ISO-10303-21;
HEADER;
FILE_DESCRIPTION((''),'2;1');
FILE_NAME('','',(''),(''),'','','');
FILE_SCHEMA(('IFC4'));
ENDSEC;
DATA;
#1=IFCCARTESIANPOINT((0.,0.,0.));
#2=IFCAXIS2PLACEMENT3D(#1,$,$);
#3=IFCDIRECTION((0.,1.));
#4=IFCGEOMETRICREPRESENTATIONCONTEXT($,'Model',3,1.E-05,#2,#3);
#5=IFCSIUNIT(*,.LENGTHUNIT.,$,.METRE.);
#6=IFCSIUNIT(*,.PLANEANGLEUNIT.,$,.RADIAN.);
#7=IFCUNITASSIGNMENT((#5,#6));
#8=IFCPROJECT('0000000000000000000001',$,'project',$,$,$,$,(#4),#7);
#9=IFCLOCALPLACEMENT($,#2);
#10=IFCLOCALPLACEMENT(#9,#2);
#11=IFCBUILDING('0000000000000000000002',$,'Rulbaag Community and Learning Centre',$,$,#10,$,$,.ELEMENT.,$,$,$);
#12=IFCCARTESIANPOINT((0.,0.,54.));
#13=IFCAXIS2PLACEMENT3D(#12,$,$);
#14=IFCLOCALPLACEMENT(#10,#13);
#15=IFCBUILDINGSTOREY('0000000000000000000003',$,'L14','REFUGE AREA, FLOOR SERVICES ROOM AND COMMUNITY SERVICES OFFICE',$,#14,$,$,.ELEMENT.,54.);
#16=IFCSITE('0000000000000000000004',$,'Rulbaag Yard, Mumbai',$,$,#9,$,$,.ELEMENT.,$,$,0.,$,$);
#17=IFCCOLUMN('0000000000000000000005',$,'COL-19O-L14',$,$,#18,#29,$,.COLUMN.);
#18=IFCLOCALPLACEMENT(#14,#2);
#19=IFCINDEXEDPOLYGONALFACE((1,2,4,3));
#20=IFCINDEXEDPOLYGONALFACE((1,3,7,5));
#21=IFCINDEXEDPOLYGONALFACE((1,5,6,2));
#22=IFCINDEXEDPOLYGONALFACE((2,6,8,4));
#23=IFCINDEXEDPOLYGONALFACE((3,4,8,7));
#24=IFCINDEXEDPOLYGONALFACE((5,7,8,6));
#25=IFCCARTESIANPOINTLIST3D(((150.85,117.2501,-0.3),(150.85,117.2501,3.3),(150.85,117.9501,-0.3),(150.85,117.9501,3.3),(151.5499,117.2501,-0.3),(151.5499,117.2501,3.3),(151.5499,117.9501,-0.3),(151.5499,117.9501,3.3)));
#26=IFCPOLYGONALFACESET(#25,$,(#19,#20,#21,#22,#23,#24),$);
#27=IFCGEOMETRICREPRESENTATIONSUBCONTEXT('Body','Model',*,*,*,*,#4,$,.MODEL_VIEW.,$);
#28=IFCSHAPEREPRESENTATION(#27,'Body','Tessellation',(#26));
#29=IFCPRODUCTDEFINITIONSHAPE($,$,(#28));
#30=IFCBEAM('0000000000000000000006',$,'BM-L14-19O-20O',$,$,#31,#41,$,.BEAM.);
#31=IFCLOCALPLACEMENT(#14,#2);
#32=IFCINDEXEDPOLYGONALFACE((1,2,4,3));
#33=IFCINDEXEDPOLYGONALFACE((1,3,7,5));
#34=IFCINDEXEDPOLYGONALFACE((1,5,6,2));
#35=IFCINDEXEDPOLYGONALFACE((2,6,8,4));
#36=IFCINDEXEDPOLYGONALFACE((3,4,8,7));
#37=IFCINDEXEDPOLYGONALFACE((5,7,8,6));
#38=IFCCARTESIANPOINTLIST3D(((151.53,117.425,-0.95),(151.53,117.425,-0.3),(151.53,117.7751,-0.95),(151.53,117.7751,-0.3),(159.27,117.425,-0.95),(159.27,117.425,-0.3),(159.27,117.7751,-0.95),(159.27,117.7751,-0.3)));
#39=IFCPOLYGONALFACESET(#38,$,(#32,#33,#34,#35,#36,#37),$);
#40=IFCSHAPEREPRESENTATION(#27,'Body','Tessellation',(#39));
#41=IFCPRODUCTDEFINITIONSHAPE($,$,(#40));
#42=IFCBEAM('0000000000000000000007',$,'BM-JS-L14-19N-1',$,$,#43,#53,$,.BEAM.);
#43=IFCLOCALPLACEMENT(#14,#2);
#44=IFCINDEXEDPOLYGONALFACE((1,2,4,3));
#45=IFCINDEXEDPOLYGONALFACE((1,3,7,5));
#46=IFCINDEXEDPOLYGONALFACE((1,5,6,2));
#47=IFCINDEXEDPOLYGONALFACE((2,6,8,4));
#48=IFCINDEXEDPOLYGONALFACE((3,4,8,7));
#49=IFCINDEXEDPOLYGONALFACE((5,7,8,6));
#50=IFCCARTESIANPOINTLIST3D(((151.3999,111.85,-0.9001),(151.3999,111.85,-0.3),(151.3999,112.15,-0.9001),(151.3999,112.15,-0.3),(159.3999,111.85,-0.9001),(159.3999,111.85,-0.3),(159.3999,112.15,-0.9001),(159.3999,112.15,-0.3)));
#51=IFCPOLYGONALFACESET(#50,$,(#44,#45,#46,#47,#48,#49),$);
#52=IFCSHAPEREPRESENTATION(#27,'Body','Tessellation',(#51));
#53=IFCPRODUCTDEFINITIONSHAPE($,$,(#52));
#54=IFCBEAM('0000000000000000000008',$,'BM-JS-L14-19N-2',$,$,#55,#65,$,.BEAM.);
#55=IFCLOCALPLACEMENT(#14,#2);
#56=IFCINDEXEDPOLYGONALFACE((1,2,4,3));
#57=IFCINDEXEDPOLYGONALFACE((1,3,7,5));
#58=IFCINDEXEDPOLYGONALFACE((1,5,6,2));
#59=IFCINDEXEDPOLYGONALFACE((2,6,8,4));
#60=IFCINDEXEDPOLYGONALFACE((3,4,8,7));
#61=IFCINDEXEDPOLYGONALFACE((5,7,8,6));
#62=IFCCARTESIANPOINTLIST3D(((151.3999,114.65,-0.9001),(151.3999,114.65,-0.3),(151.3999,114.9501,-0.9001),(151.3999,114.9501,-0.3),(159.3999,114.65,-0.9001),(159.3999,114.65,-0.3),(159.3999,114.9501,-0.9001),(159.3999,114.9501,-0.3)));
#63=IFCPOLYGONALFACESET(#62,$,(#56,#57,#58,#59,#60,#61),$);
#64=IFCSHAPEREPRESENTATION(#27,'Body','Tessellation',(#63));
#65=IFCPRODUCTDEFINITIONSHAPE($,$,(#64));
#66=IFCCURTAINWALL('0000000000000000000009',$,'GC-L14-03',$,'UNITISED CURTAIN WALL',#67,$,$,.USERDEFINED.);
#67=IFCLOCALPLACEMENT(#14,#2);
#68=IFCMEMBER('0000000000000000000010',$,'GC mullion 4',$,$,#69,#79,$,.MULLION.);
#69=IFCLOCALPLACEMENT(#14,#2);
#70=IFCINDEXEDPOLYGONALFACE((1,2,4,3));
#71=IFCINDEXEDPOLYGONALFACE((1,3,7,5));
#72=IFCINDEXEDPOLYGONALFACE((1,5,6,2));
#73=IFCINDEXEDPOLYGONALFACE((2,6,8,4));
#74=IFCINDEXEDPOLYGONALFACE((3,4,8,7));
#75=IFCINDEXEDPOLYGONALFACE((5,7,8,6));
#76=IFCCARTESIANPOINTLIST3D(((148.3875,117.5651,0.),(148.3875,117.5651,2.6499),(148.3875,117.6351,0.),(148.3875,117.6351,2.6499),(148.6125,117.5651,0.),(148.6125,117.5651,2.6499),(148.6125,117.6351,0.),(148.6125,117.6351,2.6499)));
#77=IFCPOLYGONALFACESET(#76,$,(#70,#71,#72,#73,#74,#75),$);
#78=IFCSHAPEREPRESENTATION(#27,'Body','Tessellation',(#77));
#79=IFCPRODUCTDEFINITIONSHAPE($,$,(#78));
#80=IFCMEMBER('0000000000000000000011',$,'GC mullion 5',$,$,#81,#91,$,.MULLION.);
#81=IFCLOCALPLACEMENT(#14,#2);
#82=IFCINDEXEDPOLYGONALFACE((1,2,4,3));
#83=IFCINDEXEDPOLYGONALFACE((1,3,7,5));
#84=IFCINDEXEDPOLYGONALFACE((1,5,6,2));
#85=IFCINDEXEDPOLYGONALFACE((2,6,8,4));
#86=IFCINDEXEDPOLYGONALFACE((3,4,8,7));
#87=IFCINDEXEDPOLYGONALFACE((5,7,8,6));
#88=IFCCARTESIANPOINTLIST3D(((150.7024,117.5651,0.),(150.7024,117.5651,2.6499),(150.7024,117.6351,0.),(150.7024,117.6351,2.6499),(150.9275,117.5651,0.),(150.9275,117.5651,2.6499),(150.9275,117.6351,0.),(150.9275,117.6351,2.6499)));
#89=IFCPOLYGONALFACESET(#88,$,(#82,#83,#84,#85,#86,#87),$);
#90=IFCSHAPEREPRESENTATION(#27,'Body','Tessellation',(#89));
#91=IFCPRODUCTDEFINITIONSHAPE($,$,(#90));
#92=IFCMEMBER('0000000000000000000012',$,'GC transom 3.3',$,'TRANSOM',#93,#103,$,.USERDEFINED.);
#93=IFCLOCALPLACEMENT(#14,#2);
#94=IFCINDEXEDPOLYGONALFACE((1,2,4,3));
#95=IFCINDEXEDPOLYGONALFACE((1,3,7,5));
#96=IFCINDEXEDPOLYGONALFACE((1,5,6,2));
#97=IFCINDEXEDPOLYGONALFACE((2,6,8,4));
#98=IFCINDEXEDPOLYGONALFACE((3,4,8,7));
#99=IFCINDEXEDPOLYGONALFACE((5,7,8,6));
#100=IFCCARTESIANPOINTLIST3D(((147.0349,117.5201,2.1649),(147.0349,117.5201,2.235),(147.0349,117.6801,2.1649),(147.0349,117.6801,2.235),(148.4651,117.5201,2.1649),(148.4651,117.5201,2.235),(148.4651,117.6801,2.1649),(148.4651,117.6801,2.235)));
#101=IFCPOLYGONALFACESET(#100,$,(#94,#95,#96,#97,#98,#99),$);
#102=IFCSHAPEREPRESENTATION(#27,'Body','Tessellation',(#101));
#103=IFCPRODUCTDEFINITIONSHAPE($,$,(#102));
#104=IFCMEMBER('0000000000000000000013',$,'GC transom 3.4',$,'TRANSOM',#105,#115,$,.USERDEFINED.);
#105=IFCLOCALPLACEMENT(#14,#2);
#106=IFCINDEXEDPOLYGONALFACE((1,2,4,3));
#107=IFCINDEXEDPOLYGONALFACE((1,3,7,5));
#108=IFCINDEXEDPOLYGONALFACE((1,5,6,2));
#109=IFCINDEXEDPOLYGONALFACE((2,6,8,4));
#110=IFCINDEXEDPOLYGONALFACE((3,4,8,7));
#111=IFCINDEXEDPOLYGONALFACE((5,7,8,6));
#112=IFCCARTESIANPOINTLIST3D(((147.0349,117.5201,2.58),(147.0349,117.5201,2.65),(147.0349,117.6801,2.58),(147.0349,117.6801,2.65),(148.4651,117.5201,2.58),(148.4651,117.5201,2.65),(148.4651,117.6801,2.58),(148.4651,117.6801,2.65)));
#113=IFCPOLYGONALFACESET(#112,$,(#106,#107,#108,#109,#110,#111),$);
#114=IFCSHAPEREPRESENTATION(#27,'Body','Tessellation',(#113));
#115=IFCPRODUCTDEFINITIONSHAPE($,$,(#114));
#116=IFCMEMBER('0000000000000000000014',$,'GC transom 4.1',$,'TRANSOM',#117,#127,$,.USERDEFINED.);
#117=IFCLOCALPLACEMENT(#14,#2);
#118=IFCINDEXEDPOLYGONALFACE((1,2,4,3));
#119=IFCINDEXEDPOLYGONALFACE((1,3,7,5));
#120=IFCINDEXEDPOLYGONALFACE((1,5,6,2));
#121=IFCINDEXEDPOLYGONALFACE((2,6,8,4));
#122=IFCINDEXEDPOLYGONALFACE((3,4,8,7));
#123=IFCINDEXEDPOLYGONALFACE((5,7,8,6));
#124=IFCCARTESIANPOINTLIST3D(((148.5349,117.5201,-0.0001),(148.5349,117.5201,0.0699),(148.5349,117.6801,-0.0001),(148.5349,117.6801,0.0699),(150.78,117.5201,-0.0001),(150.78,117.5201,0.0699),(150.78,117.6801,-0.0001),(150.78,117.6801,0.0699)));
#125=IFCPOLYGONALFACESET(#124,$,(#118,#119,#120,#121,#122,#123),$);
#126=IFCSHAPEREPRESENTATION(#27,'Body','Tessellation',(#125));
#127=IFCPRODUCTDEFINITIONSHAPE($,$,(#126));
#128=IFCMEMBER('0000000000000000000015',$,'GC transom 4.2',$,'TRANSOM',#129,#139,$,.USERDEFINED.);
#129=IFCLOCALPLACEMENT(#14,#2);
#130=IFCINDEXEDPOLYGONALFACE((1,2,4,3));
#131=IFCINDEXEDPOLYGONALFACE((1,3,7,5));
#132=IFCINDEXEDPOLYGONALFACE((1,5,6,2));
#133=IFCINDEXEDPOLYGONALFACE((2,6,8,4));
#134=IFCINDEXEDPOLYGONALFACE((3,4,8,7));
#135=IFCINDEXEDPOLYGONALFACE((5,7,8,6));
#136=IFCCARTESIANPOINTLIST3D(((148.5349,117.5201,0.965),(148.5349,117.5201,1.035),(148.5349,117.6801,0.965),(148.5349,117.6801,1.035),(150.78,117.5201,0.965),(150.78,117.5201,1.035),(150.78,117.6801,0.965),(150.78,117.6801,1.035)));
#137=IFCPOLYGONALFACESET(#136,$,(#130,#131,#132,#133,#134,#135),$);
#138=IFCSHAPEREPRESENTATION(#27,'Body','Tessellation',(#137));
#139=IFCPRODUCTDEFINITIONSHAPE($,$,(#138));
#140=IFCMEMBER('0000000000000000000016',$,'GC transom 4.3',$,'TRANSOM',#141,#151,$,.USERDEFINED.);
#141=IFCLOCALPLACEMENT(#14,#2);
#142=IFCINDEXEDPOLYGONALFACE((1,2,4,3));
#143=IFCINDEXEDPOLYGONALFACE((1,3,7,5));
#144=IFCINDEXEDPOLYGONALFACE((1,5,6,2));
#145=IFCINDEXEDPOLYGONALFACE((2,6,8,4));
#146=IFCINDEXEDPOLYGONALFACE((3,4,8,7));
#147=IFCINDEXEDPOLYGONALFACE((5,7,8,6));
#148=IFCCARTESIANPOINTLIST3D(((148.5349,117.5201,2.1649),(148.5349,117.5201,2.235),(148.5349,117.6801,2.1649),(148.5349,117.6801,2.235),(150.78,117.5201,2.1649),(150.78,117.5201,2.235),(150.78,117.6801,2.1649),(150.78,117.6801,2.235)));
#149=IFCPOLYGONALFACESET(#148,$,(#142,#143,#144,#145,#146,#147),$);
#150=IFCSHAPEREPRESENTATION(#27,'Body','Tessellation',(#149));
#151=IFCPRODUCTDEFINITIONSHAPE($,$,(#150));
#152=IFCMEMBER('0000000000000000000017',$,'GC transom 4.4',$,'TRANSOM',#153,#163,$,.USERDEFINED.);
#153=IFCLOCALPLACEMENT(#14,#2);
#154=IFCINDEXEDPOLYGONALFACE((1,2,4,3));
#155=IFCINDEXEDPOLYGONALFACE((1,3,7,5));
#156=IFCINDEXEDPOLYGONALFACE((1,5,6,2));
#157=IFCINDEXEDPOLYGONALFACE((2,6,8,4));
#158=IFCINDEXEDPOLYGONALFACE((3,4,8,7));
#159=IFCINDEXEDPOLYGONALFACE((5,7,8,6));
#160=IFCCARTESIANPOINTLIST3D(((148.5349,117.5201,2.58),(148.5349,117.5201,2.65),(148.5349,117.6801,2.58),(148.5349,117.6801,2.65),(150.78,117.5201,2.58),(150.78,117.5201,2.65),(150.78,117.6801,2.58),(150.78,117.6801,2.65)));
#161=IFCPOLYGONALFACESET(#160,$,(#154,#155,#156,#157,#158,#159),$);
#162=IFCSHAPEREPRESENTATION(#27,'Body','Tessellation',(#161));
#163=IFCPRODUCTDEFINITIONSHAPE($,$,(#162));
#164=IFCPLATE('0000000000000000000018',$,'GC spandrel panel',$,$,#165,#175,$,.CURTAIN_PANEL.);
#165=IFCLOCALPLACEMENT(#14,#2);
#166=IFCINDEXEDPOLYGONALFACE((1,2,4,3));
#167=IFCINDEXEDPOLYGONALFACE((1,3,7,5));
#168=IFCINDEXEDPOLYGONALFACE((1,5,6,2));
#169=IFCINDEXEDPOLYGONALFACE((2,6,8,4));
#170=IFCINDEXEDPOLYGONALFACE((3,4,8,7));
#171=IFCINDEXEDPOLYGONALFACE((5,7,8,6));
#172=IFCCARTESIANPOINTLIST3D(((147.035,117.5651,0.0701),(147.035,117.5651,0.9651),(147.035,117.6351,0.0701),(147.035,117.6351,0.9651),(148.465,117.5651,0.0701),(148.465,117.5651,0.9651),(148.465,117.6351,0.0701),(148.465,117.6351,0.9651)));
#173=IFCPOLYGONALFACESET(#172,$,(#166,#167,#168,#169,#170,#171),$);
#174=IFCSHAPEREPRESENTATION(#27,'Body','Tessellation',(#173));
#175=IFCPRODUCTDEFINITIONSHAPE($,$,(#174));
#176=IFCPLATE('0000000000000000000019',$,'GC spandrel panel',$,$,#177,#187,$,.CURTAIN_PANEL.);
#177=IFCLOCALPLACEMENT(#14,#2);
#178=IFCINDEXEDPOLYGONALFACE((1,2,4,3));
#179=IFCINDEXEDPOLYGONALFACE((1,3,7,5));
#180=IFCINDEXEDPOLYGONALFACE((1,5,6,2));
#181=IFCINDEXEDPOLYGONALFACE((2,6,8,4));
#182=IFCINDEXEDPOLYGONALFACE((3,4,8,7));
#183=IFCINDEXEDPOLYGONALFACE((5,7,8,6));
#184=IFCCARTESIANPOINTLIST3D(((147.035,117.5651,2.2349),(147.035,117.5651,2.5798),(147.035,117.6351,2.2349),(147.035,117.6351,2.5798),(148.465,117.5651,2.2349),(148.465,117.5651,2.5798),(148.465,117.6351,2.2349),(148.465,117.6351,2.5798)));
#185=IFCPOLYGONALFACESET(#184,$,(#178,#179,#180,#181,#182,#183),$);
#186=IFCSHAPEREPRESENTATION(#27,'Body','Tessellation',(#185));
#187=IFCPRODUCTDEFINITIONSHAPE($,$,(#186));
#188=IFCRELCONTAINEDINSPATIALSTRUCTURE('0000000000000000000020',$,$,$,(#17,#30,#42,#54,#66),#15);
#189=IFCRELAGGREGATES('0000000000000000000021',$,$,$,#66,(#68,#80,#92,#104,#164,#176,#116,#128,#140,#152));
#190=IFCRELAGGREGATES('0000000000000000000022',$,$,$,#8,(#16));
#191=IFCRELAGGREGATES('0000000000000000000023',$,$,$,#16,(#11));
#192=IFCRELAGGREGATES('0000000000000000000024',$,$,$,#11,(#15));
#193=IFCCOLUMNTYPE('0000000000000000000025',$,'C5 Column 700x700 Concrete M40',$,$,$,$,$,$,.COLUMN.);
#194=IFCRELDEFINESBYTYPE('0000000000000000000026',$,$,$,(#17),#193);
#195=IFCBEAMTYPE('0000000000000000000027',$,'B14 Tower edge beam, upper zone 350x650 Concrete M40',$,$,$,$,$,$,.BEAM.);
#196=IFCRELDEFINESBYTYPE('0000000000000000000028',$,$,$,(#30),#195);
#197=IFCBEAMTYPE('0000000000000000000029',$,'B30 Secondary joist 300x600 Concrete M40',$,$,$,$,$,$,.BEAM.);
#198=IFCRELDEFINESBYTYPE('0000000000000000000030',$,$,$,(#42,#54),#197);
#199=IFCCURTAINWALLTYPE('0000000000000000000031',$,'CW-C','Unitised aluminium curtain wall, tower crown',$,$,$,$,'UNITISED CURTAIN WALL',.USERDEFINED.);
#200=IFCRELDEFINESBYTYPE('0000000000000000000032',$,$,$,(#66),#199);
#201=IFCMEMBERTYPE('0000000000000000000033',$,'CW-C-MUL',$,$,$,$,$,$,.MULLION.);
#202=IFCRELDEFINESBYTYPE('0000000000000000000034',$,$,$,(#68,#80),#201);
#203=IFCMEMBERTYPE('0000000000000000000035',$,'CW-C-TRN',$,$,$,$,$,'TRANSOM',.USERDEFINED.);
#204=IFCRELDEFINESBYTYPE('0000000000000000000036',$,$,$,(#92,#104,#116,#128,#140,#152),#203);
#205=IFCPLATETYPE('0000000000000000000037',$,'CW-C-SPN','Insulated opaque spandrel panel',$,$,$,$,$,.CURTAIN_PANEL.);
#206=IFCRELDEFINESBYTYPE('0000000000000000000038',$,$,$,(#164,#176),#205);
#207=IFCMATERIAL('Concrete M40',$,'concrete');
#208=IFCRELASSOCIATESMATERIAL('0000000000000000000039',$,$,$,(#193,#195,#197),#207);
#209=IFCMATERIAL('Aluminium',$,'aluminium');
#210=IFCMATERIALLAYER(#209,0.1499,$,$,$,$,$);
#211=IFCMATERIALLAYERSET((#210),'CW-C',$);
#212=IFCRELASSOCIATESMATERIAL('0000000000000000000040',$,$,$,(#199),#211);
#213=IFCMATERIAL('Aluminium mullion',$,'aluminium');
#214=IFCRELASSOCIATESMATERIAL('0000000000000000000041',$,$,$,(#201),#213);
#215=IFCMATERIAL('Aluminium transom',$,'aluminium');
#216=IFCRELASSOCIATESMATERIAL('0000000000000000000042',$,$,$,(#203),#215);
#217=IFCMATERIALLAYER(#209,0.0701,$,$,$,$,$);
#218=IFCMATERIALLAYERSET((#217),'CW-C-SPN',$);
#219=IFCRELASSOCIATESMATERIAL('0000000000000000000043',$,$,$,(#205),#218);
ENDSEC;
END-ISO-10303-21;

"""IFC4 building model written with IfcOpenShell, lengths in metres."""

from ifc_helpers import new_model, si_unit, direction, frame, origin, origin_2d, place, context, subcontext, project, spatial, rectangle, extrude, material, layer, layer_set, material_profile, profile_set, type_object, element, aggregate, save


model = new_model("IFC4")

# Units and contexts
model_context = context("Model", 3, precision=1e-05, world=origin(), true_north=direction((0.0, 1.0)))
body_context = subcontext(model_context, "Body", "Model", "MODEL_VIEW")
ifc_project = project(units=[si_unit("LENGTHUNIT", "METRE"), si_unit("PLANEANGLEUNIT", "RADIAN")], contexts=[model_context])

# Site, building, storey
site_placement = place(None, origin())
site = spatial("IfcSite", under=ifc_project, at=site_placement, Name="Rulbaag Yard, Mumbai", CompositionType="ELEMENT", RefElevation=0.0)
building_placement = place(site_placement, origin())
building = spatial("IfcBuilding", under=site, at=building_placement, Name="Rulbaag Community and Learning Centre", CompositionType="ELEMENT")
storey_placement = place(building_placement, frame((0.0, 0.0, 54.0)))
storey = spatial("IfcBuildingStorey", under=building, at=storey_placement, Name="L14", Description="REFUGE AREA, FLOOR SERVICES ROOM AND COMMUNITY SERVICES OFFICE", CompositionType="ELEMENT", Elevation=54.0)

# Column
ifc_material_1 = material(Name="Concrete M40", Category="concrete")
ifc_material_profile_1 = material_profile(ifc_material_1, rectangle(XDim=0.7, YDim=0.7, at=origin_2d()), Name="RC700x700")
ifc_profile_set_1 = profile_set([ifc_material_profile_1], Name="Concrete M40")
column_type = type_object("IfcColumnType", Name="C5 Column 700x700 Concrete M40", PredefinedType="COLUMN", material=ifc_profile_set_1)
column_placement = place(storey_placement, frame((151.2, 117.6001, -0.3), z_axis=(0.0, 0.0, 1.0), x_axis=(1.0, 0.0, 0.0)))
element("IfcColumn", 1, at=column_placement, inside=storey, type_object=column_type, Name="COL-19O-L14", PredefinedType="COLUMN", context=body_context, shape_type="SweptSolid", body=[
    extrude(rectangle(XDim=0.7, YDim=0.7, at=origin_2d()), origin(), (0.0, 0.0, 1.0), 3.6001),
])

# Beams
ifc_material_profile_2 = material_profile(ifc_material_1, rectangle(XDim=0.3501, YDim=0.6499, at=origin_2d()), Name="RB350x650")
ifc_profile_set_2 = profile_set([ifc_material_profile_2], Name="Concrete M40")
beam_type_1 = type_object("IfcBeamType", Name="B14 Tower edge beam, upper zone 350x650 Concrete M40", PredefinedType="BEAM", material=ifc_profile_set_2)
beam_placement = place(storey_placement, frame((151.53, 117.6001, -0.625), z_axis=(1.0, 0.0, 0.0), x_axis=(0.0, 1.0, 0.0)))
element("IfcBeam", 2, at=beam_placement, inside=storey, type_object=beam_type_1, Name="BM-L14-19O-20O", PredefinedType="BEAM", context=body_context, shape_type="SweptSolid", body=[
    extrude(rectangle(XDim=0.3501, YDim=0.6499, at=origin_2d()), origin(), (0.0, 0.0, 1.0), 7.74),
])
ifc_material_profile_3 = material_profile(ifc_material_1, rectangle(XDim=0.3, YDim=0.6001, at=origin_2d()), Name="RB300x600")
ifc_profile_set_3 = profile_set([ifc_material_profile_3], Name="Concrete M40")
beam_type_2 = type_object("IfcBeamType", Name="B30 Secondary joist 300x600 Concrete M40", PredefinedType="BEAM", material=ifc_profile_set_3)
for number, where, z_axis, x_axis, name in (
    (3, (151.3999, 112.0, -0.6001), (1.0, 0.0, 0.0), (0.0, 1.0, 0.0), "BM-JS-L14-19N-1"),
    (4, (151.3999, 114.8, -0.6001), (1.0, 0.0, 0.0), (0.0, 1.0, 0.0), "BM-JS-L14-19N-2"),
):
    element("IfcBeam", number, at=place(storey_placement, frame(where, z_axis=z_axis, x_axis=x_axis)), inside=storey, type_object=beam_type_2, Name=name, PredefinedType="BEAM", context=body_context, shape_type="SweptSolid", body=[
        extrude(rectangle(XDim=0.3, YDim=0.6001, at=origin_2d()), origin(), (0.0, 0.0, 1.0), 8.0),
    ])

# Curtain wall, members, plates
ifc_material_2 = material(Name="Aluminium", Category="aluminium")
ifc_layer_1 = layer(ifc_material_2, 0.1499)
ifc_layer_set_1 = layer_set([ifc_layer_1], Name="CW-C")
curtain_wall_type = type_object("IfcCurtainWallType", Name="CW-C", Description="Unitised aluminium curtain wall, tower crown", ElementType="UNITISED CURTAIN WALL", PredefinedType="USERDEFINED", material=ifc_layer_set_1)
curtain_wall_placement = place(storey_placement, origin())
curtain_wall = element("IfcCurtainWall", 5, at=curtain_wall_placement, inside=storey, type_object=curtain_wall_type, Name="GC-L14-03", ObjectType="UNITISED CURTAIN WALL", PredefinedType="USERDEFINED")
ifc_material_3 = material(Name="Aluminium mullion", Category="aluminium")
ifc_material_profile_4 = material_profile(ifc_material_3, rectangle(XDim=0.0701, YDim=0.2251, at=origin_2d()), Name="AL 70x225")
ifc_profile_set_4 = profile_set([ifc_material_profile_4], Name="Aluminium mullion")
member_type_1 = type_object("IfcMemberType", Name="CW-C-MUL", PredefinedType="MULLION", material=ifc_profile_set_4)
member_1_placement = place(storey_placement, frame((148.5, 117.6001, 0.0), z_axis=(0.0, 0.0, 1.0), x_axis=(0.0, 1.0, 0.0)))
member_1 = element("IfcMember", 6, at=member_1_placement, type_object=member_type_1, Name="GC mullion 4", PredefinedType="MULLION", context=body_context, shape_type="SweptSolid", body=[
    extrude(rectangle(XDim=0.0701, YDim=0.2251, at=origin_2d()), origin(), (0.0, 0.0, 1.0), 2.6499),
])
member_2_placement = place(storey_placement, frame((150.8149, 117.6001, 0.0), z_axis=(0.0, 0.0, 1.0), x_axis=(0.0, 1.0, 0.0)))
member_2 = element("IfcMember", 7, at=member_2_placement, type_object=member_type_1, Name="GC mullion 5", PredefinedType="MULLION", context=body_context, shape_type="SweptSolid", body=[
    extrude(rectangle(XDim=0.0701, YDim=0.2251, at=origin_2d()), origin(), (0.0, 0.0, 1.0), 2.6499),
])
ifc_material_4 = material(Name="Aluminium transom", Category="aluminium")
ifc_material_profile_5 = material_profile(ifc_material_4, rectangle(XDim=0.1599, YDim=0.0701, at=origin_2d()), Name="AL 70x160 T")
ifc_profile_set_5 = profile_set([ifc_material_profile_5], Name="Aluminium transom")
member_type_2 = type_object("IfcMemberType", Name="CW-C-TRN", ElementType="TRANSOM", PredefinedType="USERDEFINED", material=ifc_profile_set_5)
member_3_placement = place(storey_placement, frame((147.0349, 117.6001, 2.2), z_axis=(1.0, 0.0, 0.0), x_axis=(0.0, 1.0, 0.0)))
member_3 = element("IfcMember", 8, at=member_3_placement, type_object=member_type_2, Name="GC transom 3.3", ObjectType="TRANSOM", PredefinedType="USERDEFINED", context=body_context, shape_type="SweptSolid", body=[
    extrude(rectangle(XDim=0.1599, YDim=0.0701, at=origin_2d()), origin(), (0.0, 0.0, 1.0), 1.4302),
])
member_4_placement = place(storey_placement, frame((147.0349, 117.6001, 2.615), z_axis=(1.0, 0.0, 0.0), x_axis=(0.0, 1.0, 0.0)))
member_4 = element("IfcMember", 9, at=member_4_placement, type_object=member_type_2, Name="GC transom 3.4", ObjectType="TRANSOM", PredefinedType="USERDEFINED", context=body_context, shape_type="SweptSolid", body=[
    extrude(rectangle(XDim=0.1599, YDim=0.0701, at=origin_2d()), origin(), (0.0, 0.0, 1.0), 1.4302),
])
member_5_placement = place(storey_placement, frame((148.5349, 117.6001, 0.0349), z_axis=(1.0, 0.0, 0.0), x_axis=(0.0, 1.0, 0.0)))
member_5 = element("IfcMember", 10, at=member_5_placement, type_object=member_type_2, Name="GC transom 4.1", ObjectType="TRANSOM", PredefinedType="USERDEFINED", context=body_context, shape_type="SweptSolid", body=[
    extrude(rectangle(XDim=0.1599, YDim=0.0701, at=origin_2d()), origin(), (0.0, 0.0, 1.0), 2.2451),
])
member_6_placement = place(storey_placement, frame((148.5349, 117.6001, 1.0), z_axis=(1.0, 0.0, 0.0), x_axis=(0.0, 1.0, 0.0)))
member_6 = element("IfcMember", 11, at=member_6_placement, type_object=member_type_2, Name="GC transom 4.2", ObjectType="TRANSOM", PredefinedType="USERDEFINED", context=body_context, shape_type="SweptSolid", body=[
    extrude(rectangle(XDim=0.1599, YDim=0.0701, at=origin_2d()), origin(), (0.0, 0.0, 1.0), 2.2451),
])
member_7_placement = place(storey_placement, frame((148.5349, 117.6001, 2.2), z_axis=(1.0, 0.0, 0.0), x_axis=(0.0, 1.0, 0.0)))
member_7 = element("IfcMember", 12, at=member_7_placement, type_object=member_type_2, Name="GC transom 4.3", ObjectType="TRANSOM", PredefinedType="USERDEFINED", context=body_context, shape_type="SweptSolid", body=[
    extrude(rectangle(XDim=0.1599, YDim=0.0701, at=origin_2d()), origin(), (0.0, 0.0, 1.0), 2.2451),
])
member_8_placement = place(storey_placement, frame((148.5349, 117.6001, 2.615), z_axis=(1.0, 0.0, 0.0), x_axis=(0.0, 1.0, 0.0)))
member_8 = element("IfcMember", 13, at=member_8_placement, type_object=member_type_2, Name="GC transom 4.4", ObjectType="TRANSOM", PredefinedType="USERDEFINED", context=body_context, shape_type="SweptSolid", body=[
    extrude(rectangle(XDim=0.1599, YDim=0.0701, at=origin_2d()), origin(), (0.0, 0.0, 1.0), 2.2451),
])
ifc_layer_2 = layer(ifc_material_2, 0.0701)
ifc_layer_set_2 = layer_set([ifc_layer_2], Name="CW-C-SPN")
plate_type_1 = type_object("IfcPlateType", Name="CW-C-SPN", Description="Insulated opaque spandrel panel", PredefinedType="CURTAIN_PANEL", material=ifc_layer_set_2)
plate_1_placement = place(storey_placement, frame((147.75, 117.6001, 0.0701), z_axis=(0.0, 0.0, 1.0), x_axis=(1.0, 0.0, 0.0)))
plate_1 = element("IfcPlate", 14, at=plate_1_placement, type_object=plate_type_1, Name="GC spandrel panel", PredefinedType="CURTAIN_PANEL", context=body_context, shape_type="SweptSolid", body=[
    extrude(rectangle(XDim=1.4299, YDim=0.0701, at=origin_2d()), origin(), (0.0, 0.0, 1.0), 0.895),
])
plate_2_placement = place(storey_placement, frame((147.75, 117.6001, 2.2349), z_axis=(0.0, 0.0, 1.0), x_axis=(1.0, 0.0, 0.0)))
plate_2 = element("IfcPlate", 15, at=plate_2_placement, type_object=plate_type_1, Name="GC spandrel panel", PredefinedType="CURTAIN_PANEL", context=body_context, shape_type="SweptSolid", body=[
    extrude(rectangle(XDim=1.4299, YDim=0.0701, at=origin_2d()), origin(), (0.0, 0.0, 1.0), 0.345),
])
aggregate(curtain_wall, [member_1, member_2, member_3, member_4, plate_1, plate_2, member_5, member_6, member_7, member_8])

save(model, "model.ifc")
